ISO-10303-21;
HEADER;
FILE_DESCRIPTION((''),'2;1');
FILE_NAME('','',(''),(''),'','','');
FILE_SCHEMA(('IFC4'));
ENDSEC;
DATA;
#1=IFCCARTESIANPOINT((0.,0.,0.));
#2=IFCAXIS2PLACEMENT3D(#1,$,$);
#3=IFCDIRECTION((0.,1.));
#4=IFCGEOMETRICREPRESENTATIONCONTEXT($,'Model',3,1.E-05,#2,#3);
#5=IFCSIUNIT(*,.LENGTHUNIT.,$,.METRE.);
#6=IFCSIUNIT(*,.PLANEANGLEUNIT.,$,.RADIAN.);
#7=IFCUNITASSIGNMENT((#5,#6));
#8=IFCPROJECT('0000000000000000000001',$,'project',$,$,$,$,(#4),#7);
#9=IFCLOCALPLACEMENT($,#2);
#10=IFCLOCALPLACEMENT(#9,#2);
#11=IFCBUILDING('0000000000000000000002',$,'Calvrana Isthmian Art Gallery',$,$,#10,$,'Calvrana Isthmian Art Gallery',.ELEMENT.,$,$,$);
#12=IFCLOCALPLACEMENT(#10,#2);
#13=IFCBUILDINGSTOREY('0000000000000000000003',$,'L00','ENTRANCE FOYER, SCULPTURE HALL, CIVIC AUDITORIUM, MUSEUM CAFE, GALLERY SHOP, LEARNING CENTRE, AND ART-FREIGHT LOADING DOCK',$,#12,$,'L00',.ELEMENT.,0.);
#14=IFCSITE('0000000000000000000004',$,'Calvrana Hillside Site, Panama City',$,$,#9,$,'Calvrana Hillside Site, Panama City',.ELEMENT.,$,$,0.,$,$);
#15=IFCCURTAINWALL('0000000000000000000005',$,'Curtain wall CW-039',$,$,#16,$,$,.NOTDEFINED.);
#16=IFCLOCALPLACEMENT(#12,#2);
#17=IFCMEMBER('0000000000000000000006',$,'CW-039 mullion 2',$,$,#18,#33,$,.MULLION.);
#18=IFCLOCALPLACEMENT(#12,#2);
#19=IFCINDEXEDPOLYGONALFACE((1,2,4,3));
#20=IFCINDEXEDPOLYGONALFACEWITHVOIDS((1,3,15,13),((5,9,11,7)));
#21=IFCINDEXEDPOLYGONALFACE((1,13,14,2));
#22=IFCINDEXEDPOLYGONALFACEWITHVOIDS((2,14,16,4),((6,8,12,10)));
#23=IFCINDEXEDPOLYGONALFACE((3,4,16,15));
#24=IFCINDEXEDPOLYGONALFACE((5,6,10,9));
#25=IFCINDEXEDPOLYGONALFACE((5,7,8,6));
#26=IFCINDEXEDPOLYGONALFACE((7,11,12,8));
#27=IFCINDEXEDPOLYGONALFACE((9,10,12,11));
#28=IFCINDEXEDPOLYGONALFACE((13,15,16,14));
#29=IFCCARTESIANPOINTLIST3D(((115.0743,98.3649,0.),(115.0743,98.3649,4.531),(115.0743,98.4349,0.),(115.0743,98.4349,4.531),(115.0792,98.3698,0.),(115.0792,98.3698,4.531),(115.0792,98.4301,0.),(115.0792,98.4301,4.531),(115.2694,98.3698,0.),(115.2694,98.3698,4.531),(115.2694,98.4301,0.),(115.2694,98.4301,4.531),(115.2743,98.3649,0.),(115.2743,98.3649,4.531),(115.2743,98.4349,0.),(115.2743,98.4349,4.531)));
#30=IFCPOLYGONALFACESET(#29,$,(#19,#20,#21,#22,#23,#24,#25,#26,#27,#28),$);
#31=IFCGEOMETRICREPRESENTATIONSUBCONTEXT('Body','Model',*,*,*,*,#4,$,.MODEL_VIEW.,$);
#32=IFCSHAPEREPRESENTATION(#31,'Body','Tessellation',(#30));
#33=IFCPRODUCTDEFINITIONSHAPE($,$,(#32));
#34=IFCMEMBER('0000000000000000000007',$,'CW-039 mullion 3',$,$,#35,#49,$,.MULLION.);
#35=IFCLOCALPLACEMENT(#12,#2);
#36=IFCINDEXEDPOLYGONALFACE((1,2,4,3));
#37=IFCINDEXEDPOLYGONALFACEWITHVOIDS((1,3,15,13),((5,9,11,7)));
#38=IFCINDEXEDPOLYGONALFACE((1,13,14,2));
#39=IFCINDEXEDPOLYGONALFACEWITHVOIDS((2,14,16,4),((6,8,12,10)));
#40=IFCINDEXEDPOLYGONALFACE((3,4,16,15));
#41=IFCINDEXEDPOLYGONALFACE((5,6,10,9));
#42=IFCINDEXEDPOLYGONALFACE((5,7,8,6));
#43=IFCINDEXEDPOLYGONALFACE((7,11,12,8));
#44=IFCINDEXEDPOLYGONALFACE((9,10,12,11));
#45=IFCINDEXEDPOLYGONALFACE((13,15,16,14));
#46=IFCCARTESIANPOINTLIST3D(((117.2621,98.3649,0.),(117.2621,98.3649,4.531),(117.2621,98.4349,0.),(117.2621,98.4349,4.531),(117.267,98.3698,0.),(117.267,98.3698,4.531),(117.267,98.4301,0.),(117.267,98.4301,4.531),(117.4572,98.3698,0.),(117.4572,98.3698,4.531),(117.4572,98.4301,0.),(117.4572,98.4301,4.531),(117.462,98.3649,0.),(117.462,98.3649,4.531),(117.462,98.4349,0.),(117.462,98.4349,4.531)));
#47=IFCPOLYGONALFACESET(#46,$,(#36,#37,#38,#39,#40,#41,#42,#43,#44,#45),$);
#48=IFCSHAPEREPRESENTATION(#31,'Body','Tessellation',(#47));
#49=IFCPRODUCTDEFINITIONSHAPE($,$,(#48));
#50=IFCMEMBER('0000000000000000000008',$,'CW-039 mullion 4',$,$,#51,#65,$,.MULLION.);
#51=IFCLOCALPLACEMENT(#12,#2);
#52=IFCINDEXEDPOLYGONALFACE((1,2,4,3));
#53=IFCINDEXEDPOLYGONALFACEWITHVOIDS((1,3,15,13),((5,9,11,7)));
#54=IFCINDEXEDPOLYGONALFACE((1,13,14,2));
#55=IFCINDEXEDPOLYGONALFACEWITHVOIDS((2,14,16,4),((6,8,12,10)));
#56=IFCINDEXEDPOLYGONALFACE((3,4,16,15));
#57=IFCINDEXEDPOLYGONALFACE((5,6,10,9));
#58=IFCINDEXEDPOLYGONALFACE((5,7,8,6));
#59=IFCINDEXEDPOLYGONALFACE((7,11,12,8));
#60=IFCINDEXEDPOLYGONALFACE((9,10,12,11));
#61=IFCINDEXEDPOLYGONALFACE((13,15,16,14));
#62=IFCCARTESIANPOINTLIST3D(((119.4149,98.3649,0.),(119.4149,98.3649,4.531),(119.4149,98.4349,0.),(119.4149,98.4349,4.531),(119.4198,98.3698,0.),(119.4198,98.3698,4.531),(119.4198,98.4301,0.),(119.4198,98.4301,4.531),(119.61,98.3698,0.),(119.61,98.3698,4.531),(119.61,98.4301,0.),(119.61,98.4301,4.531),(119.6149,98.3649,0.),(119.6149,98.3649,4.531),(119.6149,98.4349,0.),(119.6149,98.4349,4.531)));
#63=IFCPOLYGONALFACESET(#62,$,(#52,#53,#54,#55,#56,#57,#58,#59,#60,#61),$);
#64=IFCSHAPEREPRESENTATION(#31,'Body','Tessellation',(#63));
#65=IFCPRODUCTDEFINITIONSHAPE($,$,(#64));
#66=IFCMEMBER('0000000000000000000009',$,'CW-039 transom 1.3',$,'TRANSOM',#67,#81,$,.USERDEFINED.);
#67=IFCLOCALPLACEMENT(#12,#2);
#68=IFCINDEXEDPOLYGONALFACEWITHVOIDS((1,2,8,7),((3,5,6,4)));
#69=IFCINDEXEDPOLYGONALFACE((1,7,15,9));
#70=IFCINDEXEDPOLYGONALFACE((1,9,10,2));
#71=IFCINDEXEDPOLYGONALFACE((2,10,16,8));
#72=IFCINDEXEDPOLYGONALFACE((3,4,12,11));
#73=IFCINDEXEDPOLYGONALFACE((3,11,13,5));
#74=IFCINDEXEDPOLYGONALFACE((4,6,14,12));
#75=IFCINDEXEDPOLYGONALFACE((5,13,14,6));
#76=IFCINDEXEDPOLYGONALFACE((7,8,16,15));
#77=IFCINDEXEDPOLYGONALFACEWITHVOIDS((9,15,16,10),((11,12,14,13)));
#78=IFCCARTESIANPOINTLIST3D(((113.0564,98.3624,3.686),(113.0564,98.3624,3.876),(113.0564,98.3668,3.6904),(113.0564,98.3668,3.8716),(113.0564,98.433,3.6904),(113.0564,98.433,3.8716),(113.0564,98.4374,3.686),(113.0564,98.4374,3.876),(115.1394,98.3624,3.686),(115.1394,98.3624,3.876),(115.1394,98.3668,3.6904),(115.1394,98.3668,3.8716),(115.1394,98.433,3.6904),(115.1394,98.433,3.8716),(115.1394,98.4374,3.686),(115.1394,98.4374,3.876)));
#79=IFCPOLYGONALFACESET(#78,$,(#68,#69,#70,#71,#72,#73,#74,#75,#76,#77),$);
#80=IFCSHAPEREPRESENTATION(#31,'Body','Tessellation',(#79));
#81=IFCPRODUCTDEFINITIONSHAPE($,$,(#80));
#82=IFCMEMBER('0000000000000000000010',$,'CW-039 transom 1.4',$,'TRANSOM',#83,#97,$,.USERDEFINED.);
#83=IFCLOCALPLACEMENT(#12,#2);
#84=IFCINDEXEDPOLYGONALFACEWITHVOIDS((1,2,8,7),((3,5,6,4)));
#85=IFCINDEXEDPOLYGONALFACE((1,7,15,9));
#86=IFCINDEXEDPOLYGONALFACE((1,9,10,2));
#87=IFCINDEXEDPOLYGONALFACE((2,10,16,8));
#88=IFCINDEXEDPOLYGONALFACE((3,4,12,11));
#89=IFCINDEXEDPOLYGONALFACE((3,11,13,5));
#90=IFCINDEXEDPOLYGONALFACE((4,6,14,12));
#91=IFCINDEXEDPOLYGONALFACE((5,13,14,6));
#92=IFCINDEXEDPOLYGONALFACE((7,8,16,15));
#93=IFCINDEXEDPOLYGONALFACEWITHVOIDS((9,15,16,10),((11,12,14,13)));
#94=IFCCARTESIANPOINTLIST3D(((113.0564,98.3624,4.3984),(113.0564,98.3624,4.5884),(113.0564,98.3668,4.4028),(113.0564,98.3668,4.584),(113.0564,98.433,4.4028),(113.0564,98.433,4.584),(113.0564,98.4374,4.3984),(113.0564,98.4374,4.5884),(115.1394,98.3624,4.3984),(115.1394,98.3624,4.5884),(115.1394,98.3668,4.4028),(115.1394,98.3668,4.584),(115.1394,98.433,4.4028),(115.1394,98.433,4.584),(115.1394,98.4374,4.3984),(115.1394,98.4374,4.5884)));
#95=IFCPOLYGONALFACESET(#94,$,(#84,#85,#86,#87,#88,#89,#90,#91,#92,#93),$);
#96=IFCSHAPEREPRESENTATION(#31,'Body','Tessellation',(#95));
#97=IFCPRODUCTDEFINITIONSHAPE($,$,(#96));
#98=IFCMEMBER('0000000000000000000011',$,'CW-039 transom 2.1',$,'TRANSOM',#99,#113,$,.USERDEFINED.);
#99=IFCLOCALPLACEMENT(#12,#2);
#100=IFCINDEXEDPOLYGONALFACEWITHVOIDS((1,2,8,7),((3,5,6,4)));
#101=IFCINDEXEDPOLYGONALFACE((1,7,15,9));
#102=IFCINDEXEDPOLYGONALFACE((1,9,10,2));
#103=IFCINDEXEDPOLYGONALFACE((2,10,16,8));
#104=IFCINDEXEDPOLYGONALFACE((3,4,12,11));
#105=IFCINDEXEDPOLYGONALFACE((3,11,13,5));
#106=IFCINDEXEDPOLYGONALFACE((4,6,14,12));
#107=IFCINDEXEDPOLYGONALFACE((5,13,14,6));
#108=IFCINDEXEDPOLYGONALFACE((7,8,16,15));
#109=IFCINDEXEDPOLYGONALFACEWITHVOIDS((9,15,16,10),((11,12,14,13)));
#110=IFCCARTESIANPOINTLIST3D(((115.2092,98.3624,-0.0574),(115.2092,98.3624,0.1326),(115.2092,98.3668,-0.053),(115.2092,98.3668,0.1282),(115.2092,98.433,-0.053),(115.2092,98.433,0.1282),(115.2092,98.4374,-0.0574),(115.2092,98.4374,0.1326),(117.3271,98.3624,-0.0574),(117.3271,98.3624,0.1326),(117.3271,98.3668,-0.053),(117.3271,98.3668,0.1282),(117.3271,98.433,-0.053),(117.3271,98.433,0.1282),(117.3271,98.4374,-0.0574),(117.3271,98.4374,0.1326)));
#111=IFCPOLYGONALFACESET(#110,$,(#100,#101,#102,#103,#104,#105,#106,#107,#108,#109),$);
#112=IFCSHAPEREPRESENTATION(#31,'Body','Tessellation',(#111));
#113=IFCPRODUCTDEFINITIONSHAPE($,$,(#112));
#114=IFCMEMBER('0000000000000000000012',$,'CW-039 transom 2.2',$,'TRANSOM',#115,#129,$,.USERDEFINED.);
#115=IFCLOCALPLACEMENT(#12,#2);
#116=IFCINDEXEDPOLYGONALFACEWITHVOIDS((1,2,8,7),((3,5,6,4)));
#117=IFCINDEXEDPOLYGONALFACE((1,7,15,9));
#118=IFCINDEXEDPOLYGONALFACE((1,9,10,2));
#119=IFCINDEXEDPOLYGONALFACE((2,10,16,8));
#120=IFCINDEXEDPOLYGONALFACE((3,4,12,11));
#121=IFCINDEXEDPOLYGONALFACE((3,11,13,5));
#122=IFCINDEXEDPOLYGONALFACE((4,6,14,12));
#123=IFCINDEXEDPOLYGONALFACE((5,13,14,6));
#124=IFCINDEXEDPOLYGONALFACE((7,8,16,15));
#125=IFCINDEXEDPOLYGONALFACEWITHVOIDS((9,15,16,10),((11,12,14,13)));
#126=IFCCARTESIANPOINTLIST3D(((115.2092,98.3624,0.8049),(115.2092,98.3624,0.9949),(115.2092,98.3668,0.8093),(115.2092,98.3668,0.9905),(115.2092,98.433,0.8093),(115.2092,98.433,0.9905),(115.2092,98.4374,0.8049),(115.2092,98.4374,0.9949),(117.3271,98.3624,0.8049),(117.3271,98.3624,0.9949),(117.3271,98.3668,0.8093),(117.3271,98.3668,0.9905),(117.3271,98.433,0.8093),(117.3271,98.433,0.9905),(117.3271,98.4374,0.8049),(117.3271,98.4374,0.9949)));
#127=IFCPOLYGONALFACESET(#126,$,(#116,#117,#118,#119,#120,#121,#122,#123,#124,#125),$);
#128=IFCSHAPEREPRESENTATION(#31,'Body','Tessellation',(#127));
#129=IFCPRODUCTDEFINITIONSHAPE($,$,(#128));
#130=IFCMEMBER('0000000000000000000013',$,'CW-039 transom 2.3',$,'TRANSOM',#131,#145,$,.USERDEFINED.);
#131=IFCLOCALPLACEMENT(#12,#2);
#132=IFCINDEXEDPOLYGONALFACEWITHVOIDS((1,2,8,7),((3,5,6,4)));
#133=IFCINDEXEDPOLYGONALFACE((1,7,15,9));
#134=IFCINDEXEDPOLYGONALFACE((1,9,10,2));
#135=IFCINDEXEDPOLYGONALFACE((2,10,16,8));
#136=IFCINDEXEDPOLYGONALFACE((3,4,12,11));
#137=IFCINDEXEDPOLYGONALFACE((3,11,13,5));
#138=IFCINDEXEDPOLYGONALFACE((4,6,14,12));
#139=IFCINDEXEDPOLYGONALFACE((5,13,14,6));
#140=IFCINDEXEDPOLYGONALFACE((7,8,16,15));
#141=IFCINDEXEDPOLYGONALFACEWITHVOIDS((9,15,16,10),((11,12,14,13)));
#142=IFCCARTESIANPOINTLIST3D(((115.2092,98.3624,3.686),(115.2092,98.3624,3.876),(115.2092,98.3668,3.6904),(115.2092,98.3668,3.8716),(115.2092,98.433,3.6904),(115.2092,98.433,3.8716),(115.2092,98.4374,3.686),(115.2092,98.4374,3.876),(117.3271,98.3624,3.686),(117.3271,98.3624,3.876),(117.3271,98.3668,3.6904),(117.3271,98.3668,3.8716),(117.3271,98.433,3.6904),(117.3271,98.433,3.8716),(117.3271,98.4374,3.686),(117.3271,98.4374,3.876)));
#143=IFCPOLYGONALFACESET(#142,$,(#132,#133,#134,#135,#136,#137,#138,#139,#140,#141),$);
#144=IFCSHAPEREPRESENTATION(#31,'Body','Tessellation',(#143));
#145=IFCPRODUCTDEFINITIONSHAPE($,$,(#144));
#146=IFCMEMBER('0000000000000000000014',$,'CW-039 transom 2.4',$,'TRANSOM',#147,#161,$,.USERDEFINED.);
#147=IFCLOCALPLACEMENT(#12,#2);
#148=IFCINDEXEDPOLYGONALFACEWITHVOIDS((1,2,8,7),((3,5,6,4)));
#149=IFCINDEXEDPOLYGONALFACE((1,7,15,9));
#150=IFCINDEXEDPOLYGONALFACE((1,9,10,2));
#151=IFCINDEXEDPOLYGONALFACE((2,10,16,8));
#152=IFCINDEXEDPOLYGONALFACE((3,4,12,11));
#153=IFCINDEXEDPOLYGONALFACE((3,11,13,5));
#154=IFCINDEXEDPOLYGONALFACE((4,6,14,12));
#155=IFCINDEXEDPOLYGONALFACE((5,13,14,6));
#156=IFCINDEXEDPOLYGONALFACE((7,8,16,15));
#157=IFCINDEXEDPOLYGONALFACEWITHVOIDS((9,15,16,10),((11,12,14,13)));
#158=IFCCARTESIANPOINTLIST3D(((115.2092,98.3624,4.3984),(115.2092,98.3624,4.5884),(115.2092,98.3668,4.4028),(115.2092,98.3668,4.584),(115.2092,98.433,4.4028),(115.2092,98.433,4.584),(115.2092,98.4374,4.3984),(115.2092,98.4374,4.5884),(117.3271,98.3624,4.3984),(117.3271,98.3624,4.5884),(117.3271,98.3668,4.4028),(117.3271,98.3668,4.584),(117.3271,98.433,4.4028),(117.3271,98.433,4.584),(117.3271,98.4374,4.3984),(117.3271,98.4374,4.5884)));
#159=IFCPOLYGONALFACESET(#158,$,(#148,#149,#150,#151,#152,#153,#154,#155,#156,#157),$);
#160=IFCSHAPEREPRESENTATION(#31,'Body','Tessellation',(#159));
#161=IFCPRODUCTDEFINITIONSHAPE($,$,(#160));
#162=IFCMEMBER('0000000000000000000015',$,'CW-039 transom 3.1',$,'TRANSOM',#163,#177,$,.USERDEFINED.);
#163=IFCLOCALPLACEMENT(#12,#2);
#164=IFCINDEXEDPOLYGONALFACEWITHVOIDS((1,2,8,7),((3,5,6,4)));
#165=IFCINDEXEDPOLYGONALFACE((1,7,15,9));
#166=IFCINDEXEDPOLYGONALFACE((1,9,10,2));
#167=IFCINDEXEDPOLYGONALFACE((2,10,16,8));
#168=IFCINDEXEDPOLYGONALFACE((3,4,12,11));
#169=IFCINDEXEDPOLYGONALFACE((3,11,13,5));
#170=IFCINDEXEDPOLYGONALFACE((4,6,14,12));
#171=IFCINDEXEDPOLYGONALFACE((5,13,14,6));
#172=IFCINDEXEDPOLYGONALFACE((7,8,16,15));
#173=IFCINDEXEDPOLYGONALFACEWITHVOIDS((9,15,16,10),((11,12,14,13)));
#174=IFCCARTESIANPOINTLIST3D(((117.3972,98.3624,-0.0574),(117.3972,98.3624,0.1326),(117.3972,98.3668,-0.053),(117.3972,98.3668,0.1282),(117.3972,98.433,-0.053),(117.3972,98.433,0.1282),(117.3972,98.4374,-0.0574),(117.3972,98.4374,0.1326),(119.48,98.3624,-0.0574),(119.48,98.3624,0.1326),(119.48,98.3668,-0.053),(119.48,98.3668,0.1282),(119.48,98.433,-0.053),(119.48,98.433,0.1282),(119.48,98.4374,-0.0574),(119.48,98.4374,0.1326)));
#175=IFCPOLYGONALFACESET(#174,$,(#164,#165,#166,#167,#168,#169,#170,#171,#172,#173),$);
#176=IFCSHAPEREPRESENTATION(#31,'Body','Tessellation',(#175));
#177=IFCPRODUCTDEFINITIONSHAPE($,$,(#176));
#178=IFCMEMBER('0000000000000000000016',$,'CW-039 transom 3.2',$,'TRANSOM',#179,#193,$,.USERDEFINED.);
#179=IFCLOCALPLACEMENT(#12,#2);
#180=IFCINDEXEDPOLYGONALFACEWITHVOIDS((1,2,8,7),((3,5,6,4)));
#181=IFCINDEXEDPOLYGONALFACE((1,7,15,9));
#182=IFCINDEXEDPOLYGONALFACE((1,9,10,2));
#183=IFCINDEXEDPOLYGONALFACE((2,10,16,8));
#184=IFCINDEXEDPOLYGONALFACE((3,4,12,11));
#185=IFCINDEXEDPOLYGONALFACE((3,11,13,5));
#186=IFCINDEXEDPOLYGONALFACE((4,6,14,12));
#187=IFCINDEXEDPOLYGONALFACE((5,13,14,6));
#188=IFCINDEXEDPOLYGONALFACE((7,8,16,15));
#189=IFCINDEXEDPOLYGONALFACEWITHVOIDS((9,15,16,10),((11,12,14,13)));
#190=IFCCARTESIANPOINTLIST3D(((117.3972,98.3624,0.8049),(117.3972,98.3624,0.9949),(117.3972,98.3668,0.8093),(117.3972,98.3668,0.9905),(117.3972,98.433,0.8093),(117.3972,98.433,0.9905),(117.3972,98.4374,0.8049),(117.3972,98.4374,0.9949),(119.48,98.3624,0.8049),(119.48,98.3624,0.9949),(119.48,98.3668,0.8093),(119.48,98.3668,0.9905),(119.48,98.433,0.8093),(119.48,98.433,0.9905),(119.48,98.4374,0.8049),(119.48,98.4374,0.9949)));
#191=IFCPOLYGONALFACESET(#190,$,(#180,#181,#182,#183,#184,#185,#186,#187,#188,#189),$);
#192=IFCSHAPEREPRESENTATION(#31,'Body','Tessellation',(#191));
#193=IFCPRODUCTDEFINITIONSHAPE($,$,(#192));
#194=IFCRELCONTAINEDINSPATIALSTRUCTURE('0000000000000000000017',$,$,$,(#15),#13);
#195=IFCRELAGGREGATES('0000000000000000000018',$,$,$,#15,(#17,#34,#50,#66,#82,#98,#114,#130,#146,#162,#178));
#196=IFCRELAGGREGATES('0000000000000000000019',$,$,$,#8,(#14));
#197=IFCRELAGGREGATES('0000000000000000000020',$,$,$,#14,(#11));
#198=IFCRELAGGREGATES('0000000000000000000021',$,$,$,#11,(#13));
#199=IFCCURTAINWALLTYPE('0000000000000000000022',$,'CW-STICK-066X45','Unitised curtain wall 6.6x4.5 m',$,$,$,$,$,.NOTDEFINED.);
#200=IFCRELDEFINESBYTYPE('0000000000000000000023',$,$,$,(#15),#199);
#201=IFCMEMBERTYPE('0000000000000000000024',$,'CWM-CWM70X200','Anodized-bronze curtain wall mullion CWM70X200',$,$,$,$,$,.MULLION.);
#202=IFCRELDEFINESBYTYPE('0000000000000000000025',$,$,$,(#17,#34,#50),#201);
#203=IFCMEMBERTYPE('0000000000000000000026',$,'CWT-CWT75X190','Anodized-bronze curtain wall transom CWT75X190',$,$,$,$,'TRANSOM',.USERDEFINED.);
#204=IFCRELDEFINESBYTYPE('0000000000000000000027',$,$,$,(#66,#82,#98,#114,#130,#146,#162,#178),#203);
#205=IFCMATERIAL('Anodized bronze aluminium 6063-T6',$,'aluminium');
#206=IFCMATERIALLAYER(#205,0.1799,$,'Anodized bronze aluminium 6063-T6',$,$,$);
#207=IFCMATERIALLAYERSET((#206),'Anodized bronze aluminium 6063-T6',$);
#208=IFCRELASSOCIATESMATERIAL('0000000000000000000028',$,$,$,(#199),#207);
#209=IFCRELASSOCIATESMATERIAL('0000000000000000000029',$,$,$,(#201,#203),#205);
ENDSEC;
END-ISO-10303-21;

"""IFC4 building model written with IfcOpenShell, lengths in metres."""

from ifc_helpers import new_model, si_unit, direction, frame, origin, origin_2d, place, context, subcontext, project, spatial, hollow_rectangle, extrude, material, layer, layer_set, material_profile, profile_set, type_object, element, aggregate, save


model = new_model("IFC4")

# Units and contexts
model_context = context("Model", 3, precision=1e-05, world=origin(), true_north=direction((0.0, 1.0)))
body_context = subcontext(model_context, "Body", "Model", "MODEL_VIEW")
ifc_project = project(units=[si_unit("LENGTHUNIT", "METRE"), si_unit("PLANEANGLEUNIT", "RADIAN")], contexts=[model_context])

# Site, building, storey
site_placement = place(None, origin())
site = spatial("IfcSite", under=ifc_project, at=site_placement, Name="Calvrana Hillside Site, Panama City", LongName="Calvrana Hillside Site, Panama City", CompositionType="ELEMENT", RefElevation=0.0)
building_placement = place(site_placement, origin())
building = spatial("IfcBuilding", under=site, at=building_placement, Name="Calvrana Isthmian Art Gallery", LongName="Calvrana Isthmian Art Gallery", CompositionType="ELEMENT")
storey_placement = place(building_placement, origin())
storey = spatial("IfcBuildingStorey", under=building, at=storey_placement, Name="L00", Description="ENTRANCE FOYER, SCULPTURE HALL, CIVIC AUDITORIUM, MUSEUM CAFE, GALLERY SHOP, LEARNING CENTRE, AND ART-FREIGHT LOADING DOCK", LongName="L00", CompositionType="ELEMENT", Elevation=0.0)

# Curtain wall, members
ifc_material_1 = material(Name="Anodized bronze aluminium 6063-T6", Category="aluminium")
ifc_layer_1 = layer(ifc_material_1, 0.1799, Name="Anodized bronze aluminium 6063-T6")
ifc_layer_set_1 = layer_set([ifc_layer_1], Name="Anodized bronze aluminium 6063-T6")
curtain_wall_type = type_object("IfcCurtainWallType", Name="CW-STICK-066X45", Description="Unitised curtain wall 6.6x4.5 m", PredefinedType="NOTDEFINED", material=ifc_layer_set_1)
curtain_wall_placement = place(storey_placement, origin())
curtain_wall = element("IfcCurtainWall", 1, at=curtain_wall_placement, inside=storey, type_object=curtain_wall_type, Name="Curtain wall CW-039", PredefinedType="NOTDEFINED")
ifc_material_profile_1 = material_profile(ifc_material_1, hollow_rectangle(XDim=0.0701, YDim=0.2, WallThickness=0.0049, at=origin_2d()), Name="CWM70X200")
ifc_profile_set_1 = profile_set([ifc_material_profile_1], Name="Anodized bronze aluminium 6063-T6")
member_type_1 = type_object("IfcMemberType", Name="CWM-CWM70X200", Description="Anodized-bronze curtain wall mullion CWM70X200", PredefinedType="MULLION", material=ifc_profile_set_1)
member_1_placement = place(storey_placement, frame((115.1743, 98.3999, 0.0), z_axis=(0.0, 0.0, 1.0), x_axis=(0.0, 1.0, 0.0)))
member_1 = element("IfcMember", 2, at=member_1_placement, type_object=member_type_1, Name="CW-039 mullion 2", PredefinedType="MULLION", context=body_context, shape_type="SweptSolid", body=[
    extrude(hollow_rectangle(XDim=0.0701, YDim=0.2, WallThickness=0.0049, at=origin_2d()), origin(), (0.0, 0.0, 1.0), 4.531),
])
member_2_placement = place(storey_placement, frame((117.3621, 98.3999, 0.0), z_axis=(0.0, 0.0, 1.0), x_axis=(0.0, 1.0, 0.0)))
member_2 = element("IfcMember", 3, at=member_2_placement, type_object=member_type_1, Name="CW-039 mullion 3", PredefinedType="MULLION", context=body_context, shape_type="SweptSolid", body=[
    extrude(hollow_rectangle(XDim=0.0701, YDim=0.2, WallThickness=0.0049, at=origin_2d()), origin(), (0.0, 0.0, 1.0), 4.531),
])
member_3_placement = place(storey_placement, frame((119.5149, 98.3999, 0.0), z_axis=(0.0, 0.0, 1.0), x_axis=(0.0, 1.0, 0.0)))
member_3 = element("IfcMember", 4, at=member_3_placement, type_object=member_type_1, Name="CW-039 mullion 4", PredefinedType="MULLION", context=body_context, shape_type="SweptSolid", body=[
    extrude(hollow_rectangle(XDim=0.0701, YDim=0.2, WallThickness=0.0049, at=origin_2d()), origin(), (0.0, 0.0, 1.0), 4.531),
])
ifc_material_profile_2 = material_profile(ifc_material_1, hollow_rectangle(XDim=0.075, YDim=0.1899, WallThickness=0.0044, at=origin_2d()), Name="CWT75X190")
ifc_profile_set_2 = profile_set([ifc_material_profile_2], Name="Anodized bronze aluminium 6063-T6")
member_type_2 = type_object("IfcMemberType", Name="CWT-CWT75X190", Description="Anodized-bronze curtain wall transom CWT75X190", ElementType="TRANSOM", PredefinedType="USERDEFINED", material=ifc_profile_set_2)
member_4_placement = place(storey_placement, frame((113.0564, 98.3999, 3.781), z_axis=(1.0, 0.0, 0.0), x_axis=(0.0, 1.0, 0.0)))
member_4 = element("IfcMember", 5, at=member_4_placement, type_object=member_type_2, Name="CW-039 transom 1.3", ObjectType="TRANSOM", PredefinedType="USERDEFINED", context=body_context, shape_type="SweptSolid", body=[
    extrude(hollow_rectangle(XDim=0.075, YDim=0.1899, WallThickness=0.0044, at=origin_2d()), origin(), (0.0, 0.0, 1.0), 2.083),
])
member_5_placement = place(storey_placement, frame((113.0564, 98.3999, 4.4934), z_axis=(1.0, 0.0, 0.0), x_axis=(0.0, 1.0, 0.0)))
member_5 = element("IfcMember", 6, at=member_5_placement, type_object=member_type_2, Name="CW-039 transom 1.4", ObjectType="TRANSOM", PredefinedType="USERDEFINED", context=body_context, shape_type="SweptSolid", body=[
    extrude(hollow_rectangle(XDim=0.075, YDim=0.1899, WallThickness=0.0044, at=origin_2d()), origin(), (0.0, 0.0, 1.0), 2.083),
])
member_6_placement = place(storey_placement, frame((115.2092, 98.3999, 0.0376), z_axis=(1.0, 0.0, 0.0), x_axis=(0.0, 1.0, 0.0)))
member_6 = element("IfcMember", 7, at=member_6_placement, type_object=member_type_2, Name="CW-039 transom 2.1", ObjectType="TRANSOM", PredefinedType="USERDEFINED", context=body_context, shape_type="SweptSolid", body=[
    extrude(hollow_rectangle(XDim=0.075, YDim=0.1899, WallThickness=0.0044, at=origin_2d()), origin(), (0.0, 0.0, 1.0), 2.1179),
])
member_7_placement = place(storey_placement, frame((115.2092, 98.3999, 0.8999), z_axis=(1.0, 0.0, 0.0), x_axis=(0.0, 1.0, 0.0)))
member_7 = element("IfcMember", 8, at=member_7_placement, type_object=member_type_2, Name="CW-039 transom 2.2", ObjectType="TRANSOM", PredefinedType="USERDEFINED", context=body_context, shape_type="SweptSolid", body=[
    extrude(hollow_rectangle(XDim=0.075, YDim=0.1899, WallThickness=0.0044, at=origin_2d()), origin(), (0.0, 0.0, 1.0), 2.1179),
])
member_8_placement = place(storey_placement, frame((115.2092, 98.3999, 3.781), z_axis=(1.0, 0.0, 0.0), x_axis=(0.0, 1.0, 0.0)))
member_8 = element("IfcMember", 9, at=member_8_placement, type_object=member_type_2, Name="CW-039 transom 2.3", ObjectType="TRANSOM", PredefinedType="USERDEFINED", context=body_context, shape_type="SweptSolid", body=[
    extrude(hollow_rectangle(XDim=0.075, YDim=0.1899, WallThickness=0.0044, at=origin_2d()), origin(), (0.0, 0.0, 1.0), 2.1179),
])
member_9_placement = place(storey_placement, frame((115.2092, 98.3999, 4.4934), z_axis=(1.0, 0.0, 0.0), x_axis=(0.0, 1.0, 0.0)))
member_9 = element("IfcMember", 10, at=member_9_placement, type_object=member_type_2, Name="CW-039 transom 2.4", ObjectType="TRANSOM", PredefinedType="USERDEFINED", context=body_context, shape_type="SweptSolid", body=[
    extrude(hollow_rectangle(XDim=0.075, YDim=0.1899, WallThickness=0.0044, at=origin_2d()), origin(), (0.0, 0.0, 1.0), 2.1179),
])
member_10_placement = place(storey_placement, frame((117.3972, 98.3999, 0.0376), z_axis=(1.0, 0.0, 0.0), x_axis=(0.0, 1.0, 0.0)))
member_10 = element("IfcMember", 11, at=member_10_placement, type_object=member_type_2, Name="CW-039 transom 3.1", ObjectType="TRANSOM", PredefinedType="USERDEFINED", context=body_context, shape_type="SweptSolid", body=[
    extrude(hollow_rectangle(XDim=0.075, YDim=0.1899, WallThickness=0.0044, at=origin_2d()), origin(), (0.0, 0.0, 1.0), 2.0828),
])
member_11_placement = place(storey_placement, frame((117.3972, 98.3999, 0.8999), z_axis=(1.0, 0.0, 0.0), x_axis=(0.0, 1.0, 0.0)))
member_11 = element("IfcMember", 12, at=member_11_placement, type_object=member_type_2, Name="CW-039 transom 3.2", ObjectType="TRANSOM", PredefinedType="USERDEFINED", context=body_context, shape_type="SweptSolid", body=[
    extrude(hollow_rectangle(XDim=0.075, YDim=0.1899, WallThickness=0.0044, at=origin_2d()), origin(), (0.0, 0.0, 1.0), 2.0828),
])

aggregate(curtain_wall, [member_1, member_2, member_3, member_4, member_5, member_6, member_7, member_8, member_9, member_10, member_11])

save(model, "model.ifc")
